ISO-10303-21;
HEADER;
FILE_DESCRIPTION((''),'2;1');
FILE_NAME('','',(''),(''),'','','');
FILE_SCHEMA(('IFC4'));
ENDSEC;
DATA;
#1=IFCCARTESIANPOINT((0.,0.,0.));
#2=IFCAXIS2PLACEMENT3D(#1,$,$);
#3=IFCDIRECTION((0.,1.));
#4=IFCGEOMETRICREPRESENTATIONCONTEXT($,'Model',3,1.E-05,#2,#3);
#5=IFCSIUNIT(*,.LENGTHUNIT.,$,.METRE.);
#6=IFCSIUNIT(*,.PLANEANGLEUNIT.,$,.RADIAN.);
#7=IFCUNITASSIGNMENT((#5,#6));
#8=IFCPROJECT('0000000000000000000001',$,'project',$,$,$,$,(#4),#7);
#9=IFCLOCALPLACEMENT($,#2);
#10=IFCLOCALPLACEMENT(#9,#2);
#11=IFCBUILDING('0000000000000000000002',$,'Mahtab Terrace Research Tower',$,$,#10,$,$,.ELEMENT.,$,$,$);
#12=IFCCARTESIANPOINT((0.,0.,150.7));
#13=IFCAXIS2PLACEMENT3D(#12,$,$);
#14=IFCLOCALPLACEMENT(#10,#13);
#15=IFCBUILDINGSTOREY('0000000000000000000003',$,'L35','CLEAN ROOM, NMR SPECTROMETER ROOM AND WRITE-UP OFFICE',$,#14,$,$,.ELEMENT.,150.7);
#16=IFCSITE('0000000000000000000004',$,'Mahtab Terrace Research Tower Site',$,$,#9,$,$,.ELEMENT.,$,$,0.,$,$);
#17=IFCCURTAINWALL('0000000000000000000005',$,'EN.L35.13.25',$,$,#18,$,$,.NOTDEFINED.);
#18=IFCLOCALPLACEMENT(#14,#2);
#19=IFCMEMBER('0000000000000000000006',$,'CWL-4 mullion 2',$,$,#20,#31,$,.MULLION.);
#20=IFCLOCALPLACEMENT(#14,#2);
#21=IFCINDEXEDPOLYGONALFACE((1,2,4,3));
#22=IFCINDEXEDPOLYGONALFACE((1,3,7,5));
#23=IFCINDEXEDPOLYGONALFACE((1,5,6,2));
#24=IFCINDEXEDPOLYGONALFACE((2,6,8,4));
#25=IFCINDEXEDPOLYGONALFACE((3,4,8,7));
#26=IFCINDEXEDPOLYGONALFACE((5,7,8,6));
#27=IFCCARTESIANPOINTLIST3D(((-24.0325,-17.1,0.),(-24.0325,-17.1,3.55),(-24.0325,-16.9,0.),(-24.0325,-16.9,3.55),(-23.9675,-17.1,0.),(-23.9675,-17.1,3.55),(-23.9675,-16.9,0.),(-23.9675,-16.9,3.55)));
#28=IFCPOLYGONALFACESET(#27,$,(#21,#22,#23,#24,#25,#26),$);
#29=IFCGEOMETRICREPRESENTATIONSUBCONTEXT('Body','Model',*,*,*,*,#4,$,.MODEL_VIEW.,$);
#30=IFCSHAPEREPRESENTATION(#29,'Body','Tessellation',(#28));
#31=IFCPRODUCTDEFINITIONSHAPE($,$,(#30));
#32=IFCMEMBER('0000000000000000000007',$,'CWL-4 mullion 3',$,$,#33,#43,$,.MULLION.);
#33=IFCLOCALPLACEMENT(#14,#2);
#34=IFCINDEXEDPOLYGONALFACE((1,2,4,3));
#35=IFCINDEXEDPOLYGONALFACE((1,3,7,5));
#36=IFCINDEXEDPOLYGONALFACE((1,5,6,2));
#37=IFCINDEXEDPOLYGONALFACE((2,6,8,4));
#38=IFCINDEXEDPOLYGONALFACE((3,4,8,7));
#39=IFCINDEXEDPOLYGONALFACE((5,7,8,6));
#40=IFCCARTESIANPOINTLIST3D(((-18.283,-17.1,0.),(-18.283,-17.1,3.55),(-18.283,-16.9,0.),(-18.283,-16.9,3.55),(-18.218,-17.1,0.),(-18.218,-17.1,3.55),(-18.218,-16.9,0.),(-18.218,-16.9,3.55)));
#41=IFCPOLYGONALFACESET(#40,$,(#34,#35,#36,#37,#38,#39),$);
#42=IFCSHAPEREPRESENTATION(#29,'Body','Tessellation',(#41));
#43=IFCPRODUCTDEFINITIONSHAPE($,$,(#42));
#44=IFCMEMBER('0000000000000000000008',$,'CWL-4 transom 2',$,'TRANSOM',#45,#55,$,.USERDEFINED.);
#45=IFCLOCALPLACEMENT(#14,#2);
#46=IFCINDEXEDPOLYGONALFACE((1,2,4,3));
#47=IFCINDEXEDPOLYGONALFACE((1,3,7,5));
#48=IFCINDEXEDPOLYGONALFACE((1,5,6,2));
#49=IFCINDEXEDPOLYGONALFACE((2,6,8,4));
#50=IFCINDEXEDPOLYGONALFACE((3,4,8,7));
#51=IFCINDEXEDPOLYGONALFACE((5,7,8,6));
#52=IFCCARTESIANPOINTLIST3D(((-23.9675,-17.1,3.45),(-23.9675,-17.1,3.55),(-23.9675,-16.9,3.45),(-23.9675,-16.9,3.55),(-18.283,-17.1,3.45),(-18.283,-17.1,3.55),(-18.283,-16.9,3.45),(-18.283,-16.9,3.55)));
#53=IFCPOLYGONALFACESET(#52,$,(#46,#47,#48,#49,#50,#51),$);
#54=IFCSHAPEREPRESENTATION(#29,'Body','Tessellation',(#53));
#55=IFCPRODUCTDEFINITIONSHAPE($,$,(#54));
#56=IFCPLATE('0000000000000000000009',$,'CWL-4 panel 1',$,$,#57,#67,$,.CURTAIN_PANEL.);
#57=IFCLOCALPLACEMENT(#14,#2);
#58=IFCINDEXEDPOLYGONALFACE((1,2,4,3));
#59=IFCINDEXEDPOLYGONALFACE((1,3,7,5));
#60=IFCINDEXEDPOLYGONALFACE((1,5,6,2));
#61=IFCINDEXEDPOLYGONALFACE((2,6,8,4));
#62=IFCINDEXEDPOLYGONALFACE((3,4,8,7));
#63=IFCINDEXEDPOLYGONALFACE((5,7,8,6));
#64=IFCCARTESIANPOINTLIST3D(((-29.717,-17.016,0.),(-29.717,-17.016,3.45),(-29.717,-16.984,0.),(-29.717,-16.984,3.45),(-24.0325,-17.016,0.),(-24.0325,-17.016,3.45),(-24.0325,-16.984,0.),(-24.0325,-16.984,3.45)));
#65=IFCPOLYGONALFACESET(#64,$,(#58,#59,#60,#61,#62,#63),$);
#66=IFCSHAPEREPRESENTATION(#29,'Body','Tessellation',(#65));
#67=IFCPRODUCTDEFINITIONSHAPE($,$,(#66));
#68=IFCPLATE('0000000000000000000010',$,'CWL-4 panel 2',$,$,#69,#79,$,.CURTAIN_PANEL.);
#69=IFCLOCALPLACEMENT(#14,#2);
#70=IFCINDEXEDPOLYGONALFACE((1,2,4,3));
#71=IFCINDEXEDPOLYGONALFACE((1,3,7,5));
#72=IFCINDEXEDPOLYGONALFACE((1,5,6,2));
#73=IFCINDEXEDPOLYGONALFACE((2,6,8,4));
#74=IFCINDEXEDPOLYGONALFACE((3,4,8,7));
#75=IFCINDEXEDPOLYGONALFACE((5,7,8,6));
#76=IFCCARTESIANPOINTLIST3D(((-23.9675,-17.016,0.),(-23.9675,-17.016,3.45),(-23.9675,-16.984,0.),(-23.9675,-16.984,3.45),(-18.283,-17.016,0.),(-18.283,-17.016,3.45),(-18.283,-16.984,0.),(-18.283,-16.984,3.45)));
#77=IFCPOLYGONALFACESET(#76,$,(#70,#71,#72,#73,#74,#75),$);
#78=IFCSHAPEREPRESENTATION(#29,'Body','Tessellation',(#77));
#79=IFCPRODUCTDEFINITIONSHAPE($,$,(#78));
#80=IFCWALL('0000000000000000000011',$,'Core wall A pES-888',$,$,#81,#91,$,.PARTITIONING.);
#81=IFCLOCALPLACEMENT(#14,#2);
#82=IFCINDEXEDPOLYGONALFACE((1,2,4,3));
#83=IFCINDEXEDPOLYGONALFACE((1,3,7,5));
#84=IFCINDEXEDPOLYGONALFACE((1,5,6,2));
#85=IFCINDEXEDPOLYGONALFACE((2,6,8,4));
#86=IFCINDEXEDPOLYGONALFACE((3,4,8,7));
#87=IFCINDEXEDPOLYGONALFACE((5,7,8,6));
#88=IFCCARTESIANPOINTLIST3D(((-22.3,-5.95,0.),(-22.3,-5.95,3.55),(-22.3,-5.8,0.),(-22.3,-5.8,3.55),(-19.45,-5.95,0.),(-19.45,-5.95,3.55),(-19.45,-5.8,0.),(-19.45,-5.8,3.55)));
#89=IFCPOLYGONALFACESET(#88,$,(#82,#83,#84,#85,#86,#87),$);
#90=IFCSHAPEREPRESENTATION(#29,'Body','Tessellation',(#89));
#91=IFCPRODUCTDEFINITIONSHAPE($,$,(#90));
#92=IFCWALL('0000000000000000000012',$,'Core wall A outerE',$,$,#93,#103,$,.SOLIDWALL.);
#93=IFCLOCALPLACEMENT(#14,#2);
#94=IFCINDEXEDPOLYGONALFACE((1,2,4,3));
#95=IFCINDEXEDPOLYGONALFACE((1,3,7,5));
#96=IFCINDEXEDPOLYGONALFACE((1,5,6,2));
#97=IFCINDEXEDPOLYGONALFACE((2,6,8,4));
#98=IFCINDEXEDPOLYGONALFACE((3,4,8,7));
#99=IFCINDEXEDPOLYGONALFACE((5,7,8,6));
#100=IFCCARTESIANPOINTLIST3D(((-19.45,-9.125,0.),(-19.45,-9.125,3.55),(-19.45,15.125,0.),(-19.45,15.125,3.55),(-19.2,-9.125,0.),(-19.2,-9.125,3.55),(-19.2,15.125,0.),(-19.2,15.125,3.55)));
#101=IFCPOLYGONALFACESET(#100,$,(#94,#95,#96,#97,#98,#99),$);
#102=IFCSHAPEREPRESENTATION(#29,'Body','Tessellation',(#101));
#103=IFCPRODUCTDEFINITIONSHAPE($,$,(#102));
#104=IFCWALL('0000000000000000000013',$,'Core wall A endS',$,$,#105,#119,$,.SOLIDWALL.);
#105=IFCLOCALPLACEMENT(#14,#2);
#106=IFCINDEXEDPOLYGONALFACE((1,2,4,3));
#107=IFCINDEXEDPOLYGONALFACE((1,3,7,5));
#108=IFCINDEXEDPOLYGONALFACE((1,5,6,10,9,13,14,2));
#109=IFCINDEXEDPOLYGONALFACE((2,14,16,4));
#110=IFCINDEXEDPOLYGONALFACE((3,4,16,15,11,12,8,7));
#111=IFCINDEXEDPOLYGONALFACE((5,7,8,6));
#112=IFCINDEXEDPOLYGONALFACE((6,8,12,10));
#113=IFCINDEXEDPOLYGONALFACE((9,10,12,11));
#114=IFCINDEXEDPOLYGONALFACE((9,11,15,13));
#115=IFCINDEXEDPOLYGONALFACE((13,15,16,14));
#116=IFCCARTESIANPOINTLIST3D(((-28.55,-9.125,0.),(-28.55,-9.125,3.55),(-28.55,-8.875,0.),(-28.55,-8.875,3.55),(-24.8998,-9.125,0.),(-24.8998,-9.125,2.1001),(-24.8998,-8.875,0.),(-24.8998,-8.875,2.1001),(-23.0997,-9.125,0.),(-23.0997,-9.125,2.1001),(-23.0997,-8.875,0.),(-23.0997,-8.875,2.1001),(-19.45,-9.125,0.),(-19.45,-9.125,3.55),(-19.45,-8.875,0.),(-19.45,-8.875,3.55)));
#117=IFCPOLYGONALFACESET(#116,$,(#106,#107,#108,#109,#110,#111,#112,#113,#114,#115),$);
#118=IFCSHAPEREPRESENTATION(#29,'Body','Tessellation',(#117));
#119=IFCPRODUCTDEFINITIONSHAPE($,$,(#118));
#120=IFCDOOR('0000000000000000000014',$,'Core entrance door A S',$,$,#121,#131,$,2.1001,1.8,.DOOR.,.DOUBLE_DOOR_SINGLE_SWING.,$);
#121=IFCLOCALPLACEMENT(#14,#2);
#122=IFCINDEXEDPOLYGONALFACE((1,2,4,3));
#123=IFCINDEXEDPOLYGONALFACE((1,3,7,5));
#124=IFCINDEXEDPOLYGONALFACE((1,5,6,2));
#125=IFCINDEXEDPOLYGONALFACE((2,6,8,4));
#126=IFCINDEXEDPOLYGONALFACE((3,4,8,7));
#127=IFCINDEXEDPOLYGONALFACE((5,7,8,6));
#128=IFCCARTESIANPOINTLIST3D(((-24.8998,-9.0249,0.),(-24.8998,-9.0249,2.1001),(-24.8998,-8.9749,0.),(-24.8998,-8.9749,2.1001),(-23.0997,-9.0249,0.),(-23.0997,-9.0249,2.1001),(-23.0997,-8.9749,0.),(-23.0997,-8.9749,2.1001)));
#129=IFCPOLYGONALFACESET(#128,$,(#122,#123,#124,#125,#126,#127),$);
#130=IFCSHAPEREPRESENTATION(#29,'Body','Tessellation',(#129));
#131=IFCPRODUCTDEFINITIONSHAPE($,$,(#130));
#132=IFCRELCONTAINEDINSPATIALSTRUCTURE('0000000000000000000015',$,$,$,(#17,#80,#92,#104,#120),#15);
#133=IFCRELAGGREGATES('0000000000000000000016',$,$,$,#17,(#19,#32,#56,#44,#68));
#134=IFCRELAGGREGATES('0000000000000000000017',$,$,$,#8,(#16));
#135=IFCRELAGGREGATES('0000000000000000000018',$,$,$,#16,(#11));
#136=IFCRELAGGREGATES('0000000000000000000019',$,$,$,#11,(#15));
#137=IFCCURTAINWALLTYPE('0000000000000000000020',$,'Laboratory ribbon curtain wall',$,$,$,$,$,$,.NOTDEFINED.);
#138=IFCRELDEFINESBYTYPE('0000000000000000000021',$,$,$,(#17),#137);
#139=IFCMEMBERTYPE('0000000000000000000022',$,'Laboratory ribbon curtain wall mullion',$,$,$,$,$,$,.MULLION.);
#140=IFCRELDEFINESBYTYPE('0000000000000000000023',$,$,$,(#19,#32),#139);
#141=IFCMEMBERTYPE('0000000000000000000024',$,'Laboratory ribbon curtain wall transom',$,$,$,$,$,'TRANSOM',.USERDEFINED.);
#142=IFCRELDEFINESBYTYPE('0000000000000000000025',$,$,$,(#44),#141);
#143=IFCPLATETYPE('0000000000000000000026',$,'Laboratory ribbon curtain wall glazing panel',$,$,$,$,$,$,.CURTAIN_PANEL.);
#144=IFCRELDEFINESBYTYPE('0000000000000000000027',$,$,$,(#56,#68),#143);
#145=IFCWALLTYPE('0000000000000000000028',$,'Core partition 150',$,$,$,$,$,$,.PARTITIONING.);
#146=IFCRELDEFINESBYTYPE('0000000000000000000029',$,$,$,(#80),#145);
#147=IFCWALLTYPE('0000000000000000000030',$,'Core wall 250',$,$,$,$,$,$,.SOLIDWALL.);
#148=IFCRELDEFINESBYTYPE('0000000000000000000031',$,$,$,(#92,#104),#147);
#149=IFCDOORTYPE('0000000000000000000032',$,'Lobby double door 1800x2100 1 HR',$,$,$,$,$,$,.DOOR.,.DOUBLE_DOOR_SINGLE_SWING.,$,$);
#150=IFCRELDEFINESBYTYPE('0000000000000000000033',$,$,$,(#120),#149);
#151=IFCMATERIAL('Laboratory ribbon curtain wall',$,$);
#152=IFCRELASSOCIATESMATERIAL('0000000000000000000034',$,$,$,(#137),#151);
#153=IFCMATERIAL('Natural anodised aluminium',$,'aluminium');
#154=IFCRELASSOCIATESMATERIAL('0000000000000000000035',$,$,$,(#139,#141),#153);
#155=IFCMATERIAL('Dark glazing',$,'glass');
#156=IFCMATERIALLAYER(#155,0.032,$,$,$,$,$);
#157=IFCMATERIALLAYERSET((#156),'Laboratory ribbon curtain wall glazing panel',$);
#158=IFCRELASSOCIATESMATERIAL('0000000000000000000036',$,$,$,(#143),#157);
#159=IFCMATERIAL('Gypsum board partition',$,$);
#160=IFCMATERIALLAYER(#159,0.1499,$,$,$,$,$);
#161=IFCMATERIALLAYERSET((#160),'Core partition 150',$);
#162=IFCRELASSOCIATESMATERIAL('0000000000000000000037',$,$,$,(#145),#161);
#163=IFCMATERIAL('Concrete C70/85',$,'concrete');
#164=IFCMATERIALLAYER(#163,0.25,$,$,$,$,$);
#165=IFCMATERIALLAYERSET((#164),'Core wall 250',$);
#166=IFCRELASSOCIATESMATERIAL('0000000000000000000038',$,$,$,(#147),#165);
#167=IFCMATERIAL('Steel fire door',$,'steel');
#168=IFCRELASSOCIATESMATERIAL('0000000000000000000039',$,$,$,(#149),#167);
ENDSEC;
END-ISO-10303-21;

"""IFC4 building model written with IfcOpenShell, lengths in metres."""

from ifc_helpers import new_model, si_unit, direction, frame, frame_2d, origin, origin_2d, place, context, subcontext, project, spatial, rectangle, extrude, material, layer, layer_set, material_profile, profile_set, type_object, element, fill, aggregate, save


model = new_model("IFC4")

# Units and contexts
model_context = context("Model", 3, precision=1e-05, world=origin(), true_north=direction((0.0, 1.0)))
body_context = subcontext(model_context, "Body", "Model", "MODEL_VIEW")
ifc_project = project(units=[si_unit("LENGTHUNIT", "METRE"), si_unit("PLANEANGLEUNIT", "RADIAN")], contexts=[model_context])

# Site, building, storey
site_placement = place(None, origin())
site = spatial("IfcSite", under=ifc_project, at=site_placement, Name="Mahtab Terrace Research Tower Site", CompositionType="ELEMENT", RefElevation=0.0)
building_placement = place(site_placement, origin())
building = spatial("IfcBuilding", under=site, at=building_placement, Name="Mahtab Terrace Research Tower", CompositionType="ELEMENT")
storey_placement = place(building_placement, frame((0.0, 0.0, 150.7)))
storey = spatial("IfcBuildingStorey", under=building, at=storey_placement, Name="L35", Description="CLEAN ROOM, NMR SPECTROMETER ROOM AND WRITE-UP OFFICE", CompositionType="ELEMENT", Elevation=150.7)

# Curtain wall, members, plates
ifc_material_1 = material(Name="Laboratory ribbon curtain wall")
curtain_wall_type = type_object("IfcCurtainWallType", Name="Laboratory ribbon curtain wall", PredefinedType="NOTDEFINED", material=ifc_material_1)
curtain_wall_placement = place(storey_placement, origin())
curtain_wall = element("IfcCurtainWall", 1, at=curtain_wall_placement, inside=storey, type_object=curtain_wall_type, Name="EN.L35.13.25", PredefinedType="NOTDEFINED")
ifc_material_2 = material(Name="Natural anodised aluminium", Category="aluminium")
ifc_material_profile_1 = material_profile(ifc_material_2, rectangle(XDim=0.2, YDim=0.0649, at=origin_2d()), Name="MULLION 65x200")
ifc_profile_set_1 = profile_set([ifc_material_profile_1], Name="Natural anodised aluminium")
member_type_1 = type_object("IfcMemberType", Name="Laboratory ribbon curtain wall mullion", PredefinedType="MULLION", material=ifc_profile_set_1)
member_1_placement = place(storey_placement, frame((-24.0, -17.0, 0.0), z_axis=(0.0, 0.0, 1.0), x_axis=(0.0, 1.0, 0.0)))
member_1 = element("IfcMember", 2, at=member_1_placement, type_object=member_type_1, Name="CWL-4 mullion 2", PredefinedType="MULLION", context=body_context, shape_type="SweptSolid", body=[
    extrude(rectangle(XDim=0.2, YDim=0.0649, at=origin_2d()), origin(), (0.0, 0.0, 1.0), 3.55),
])
member_2_placement = place(storey_placement, frame((-18.2505, -17.0, 0.0), z_axis=(0.0, 0.0, 1.0), x_axis=(0.0, 1.0, 0.0)))
member_2 = element("IfcMember", 3, at=member_2_placement, type_object=member_type_1, Name="CWL-4 mullion 3", PredefinedType="MULLION", context=body_context, shape_type="SweptSolid", body=[
    extrude(rectangle(XDim=0.2, YDim=0.0649, at=origin_2d()), origin(), (0.0, 0.0, 1.0), 3.55),
])
ifc_material_profile_2 = material_profile(ifc_material_2, rectangle(XDim=0.2, YDim=0.1001, at=origin_2d()), Name="TRANSOM 100x200")
ifc_profile_set_2 = profile_set([ifc_material_profile_2], Name="Natural anodised aluminium")
member_type_2 = type_object("IfcMemberType", Name="Laboratory ribbon curtain wall transom", ElementType="TRANSOM", PredefinedType="USERDEFINED", material=ifc_profile_set_2)
member_3_placement = place(storey_placement, frame((-23.9675, -17.0, 3.5), z_axis=(1.0, 0.0, 0.0), x_axis=(0.0, 1.0, 0.0)))
member_3 = element("IfcMember", 4, at=member_3_placement, type_object=member_type_2, Name="CWL-4 transom 2", ObjectType="TRANSOM", PredefinedType="USERDEFINED", context=body_context, shape_type="SweptSolid", body=[
    extrude(rectangle(XDim=0.2, YDim=0.1001, at=origin_2d()), origin(), (0.0, 0.0, 1.0), 5.6846),
])
ifc_material_3 = material(Name="Dark glazing", Category="glass")
ifc_layer_1 = layer(ifc_material_3, 0.032)
ifc_layer_set_1 = layer_set([ifc_layer_1], Name="Laboratory ribbon curtain wall glazing panel")
plate_type = type_object("IfcPlateType", Name="Laboratory ribbon curtain wall glazing panel", PredefinedType="CURTAIN_PANEL", material=ifc_layer_set_1)
plate_1_placement = place(storey_placement, frame((-26.8748, -17.0, 0.0), z_axis=(0.0, 0.0, 1.0), x_axis=(1.0, 0.0, 0.0)))
plate_1 = element("IfcPlate", 5, at=plate_1_placement, type_object=plate_type, Name="CWL-4 panel 1", PredefinedType="CURTAIN_PANEL", context=body_context, shape_type="SweptSolid", body=[
    extrude(rectangle(XDim=5.6846, YDim=0.032, at=origin_2d()), origin(), (0.0, 0.0, 1.0), 3.45),
])
plate_2_placement = place(storey_placement, frame((-21.1252, -17.0, 0.0), z_axis=(0.0, 0.0, 1.0), x_axis=(1.0, 0.0, 0.0)))
plate_2 = element("IfcPlate", 6, at=plate_2_placement, type_object=plate_type, Name="CWL-4 panel 2", PredefinedType="CURTAIN_PANEL", context=body_context, shape_type="SweptSolid", body=[
    extrude(rectangle(XDim=5.6846, YDim=0.032, at=origin_2d()), origin(), (0.0, 0.0, 1.0), 3.45),
])
aggregate(curtain_wall, [member_1, member_2, plate_1, member_3, plate_2])

# Walls
ifc_material_4 = material(Name="Gypsum board partition")
ifc_layer_2 = layer(ifc_material_4, 0.1499)
ifc_layer_set_2 = layer_set([ifc_layer_2], Name="Core partition 150")
wall_type_1 = type_object("IfcWallType", Name="Core partition 150", PredefinedType="PARTITIONING", material=ifc_layer_set_2)
wall_1_placement = place(storey_placement, frame((-22.3, -5.875, 0.0), z_axis=(0.0, 0.0, 1.0), x_axis=(1.0, 0.0, 0.0)))
element("IfcWall", 7, at=wall_1_placement, inside=storey, type_object=wall_type_1, Name="Core wall A pES-888", PredefinedType="PARTITIONING", context=body_context, shape_type="SweptSolid", body=[
    extrude(rectangle(XDim=2.8501, YDim=0.1499, at=frame_2d((1.425, 0.0))), origin(), (0.0, 0.0, 1.0), 3.55),
])
ifc_material_5 = material(Name="Concrete C70/85", Category="concrete")
ifc_layer_3 = layer(ifc_material_5, 0.25)
ifc_layer_set_3 = layer_set([ifc_layer_3], Name="Core wall 250")
wall_type_2 = type_object("IfcWallType", Name="Core wall 250", PredefinedType="SOLIDWALL", material=ifc_layer_set_3)
wall_2_placement = place(storey_placement, frame((-19.325, -9.125, 0.0), z_axis=(0.0, 0.0, 1.0), x_axis=(0.0, 1.0, 0.0)))
element("IfcWall", 8, at=wall_2_placement, inside=storey, type_object=wall_type_2, Name="Core wall A outerE", PredefinedType="SOLIDWALL", context=body_context, shape_type="SweptSolid", body=[
    extrude(rectangle(XDim=24.25, YDim=0.25, at=frame_2d((12.125, 0.0))), origin(), (0.0, 0.0, 1.0), 3.55),
])

# Wall, opening, door
wall_3_placement = place(storey_placement, frame((-19.45, -9.0, 0.0), z_axis=(0.0, 0.0, 1.0), x_axis=(-1.0, 0.0, 0.0)))
wall_3 = element("IfcWall", 9, at=wall_3_placement, inside=storey, type_object=wall_type_2, Name="Core wall A endS", PredefinedType="SOLIDWALL", context=body_context, shape_type="SweptSolid", body=[
    extrude(rectangle(XDim=9.1001, YDim=0.25, at=frame_2d((4.55, 0.0))), origin(), (0.0, 0.0, 1.0), 3.55),
])
opening_1_placement = place(wall_3_placement, frame((3.6499, 0.0, 0.0)))
opening_1 = element("IfcOpeningElement", 10, at=opening_1_placement, cuts=wall_3, PredefinedType="OPENING", context=body_context, shape_type="SweptSolid", body=[
    extrude(rectangle(XDim=1.8, YDim=2.1001, at=frame_2d((0.8999, 1.05))), frame((0.0, 0.135, 0.0), z_axis=(0.0, -1.0, 0.0), x_axis=(1.0, 0.0, 0.0)), (0.0, 0.0, 1.0), 0.27),
])
ifc_material_6 = material(Name="Steel fire door", Category="steel")
door_type_1 = type_object("IfcDoorType", Name="Lobby double door 1800x2100 1 HR", OperationType="DOUBLE_DOOR_SINGLE_SWING", PredefinedType="DOOR", material=ifc_material_6)
door_1_placement = place(opening_1_placement, origin())
door_1 = element("IfcDoor", 11, at=door_1_placement, inside=storey, type_object=door_type_1, Name="Core entrance door A S", OperationType="DOUBLE_DOOR_SINGLE_SWING", OverallHeight=2.1001, OverallWidth=1.8, PredefinedType="DOOR", context=body_context, shape_type="SweptSolid", body=[
    extrude(rectangle(XDim=1.8, YDim=2.1001, at=frame_2d((0.8999, 1.05))), frame((0.0, 0.0249, 0.0), z_axis=(0.0, -1.0, 0.0), x_axis=(1.0, 0.0, 0.0)), (0.0, 0.0, 1.0), 0.05),
])
fill(opening_1, door_1)

save(model, "model.ifc")
